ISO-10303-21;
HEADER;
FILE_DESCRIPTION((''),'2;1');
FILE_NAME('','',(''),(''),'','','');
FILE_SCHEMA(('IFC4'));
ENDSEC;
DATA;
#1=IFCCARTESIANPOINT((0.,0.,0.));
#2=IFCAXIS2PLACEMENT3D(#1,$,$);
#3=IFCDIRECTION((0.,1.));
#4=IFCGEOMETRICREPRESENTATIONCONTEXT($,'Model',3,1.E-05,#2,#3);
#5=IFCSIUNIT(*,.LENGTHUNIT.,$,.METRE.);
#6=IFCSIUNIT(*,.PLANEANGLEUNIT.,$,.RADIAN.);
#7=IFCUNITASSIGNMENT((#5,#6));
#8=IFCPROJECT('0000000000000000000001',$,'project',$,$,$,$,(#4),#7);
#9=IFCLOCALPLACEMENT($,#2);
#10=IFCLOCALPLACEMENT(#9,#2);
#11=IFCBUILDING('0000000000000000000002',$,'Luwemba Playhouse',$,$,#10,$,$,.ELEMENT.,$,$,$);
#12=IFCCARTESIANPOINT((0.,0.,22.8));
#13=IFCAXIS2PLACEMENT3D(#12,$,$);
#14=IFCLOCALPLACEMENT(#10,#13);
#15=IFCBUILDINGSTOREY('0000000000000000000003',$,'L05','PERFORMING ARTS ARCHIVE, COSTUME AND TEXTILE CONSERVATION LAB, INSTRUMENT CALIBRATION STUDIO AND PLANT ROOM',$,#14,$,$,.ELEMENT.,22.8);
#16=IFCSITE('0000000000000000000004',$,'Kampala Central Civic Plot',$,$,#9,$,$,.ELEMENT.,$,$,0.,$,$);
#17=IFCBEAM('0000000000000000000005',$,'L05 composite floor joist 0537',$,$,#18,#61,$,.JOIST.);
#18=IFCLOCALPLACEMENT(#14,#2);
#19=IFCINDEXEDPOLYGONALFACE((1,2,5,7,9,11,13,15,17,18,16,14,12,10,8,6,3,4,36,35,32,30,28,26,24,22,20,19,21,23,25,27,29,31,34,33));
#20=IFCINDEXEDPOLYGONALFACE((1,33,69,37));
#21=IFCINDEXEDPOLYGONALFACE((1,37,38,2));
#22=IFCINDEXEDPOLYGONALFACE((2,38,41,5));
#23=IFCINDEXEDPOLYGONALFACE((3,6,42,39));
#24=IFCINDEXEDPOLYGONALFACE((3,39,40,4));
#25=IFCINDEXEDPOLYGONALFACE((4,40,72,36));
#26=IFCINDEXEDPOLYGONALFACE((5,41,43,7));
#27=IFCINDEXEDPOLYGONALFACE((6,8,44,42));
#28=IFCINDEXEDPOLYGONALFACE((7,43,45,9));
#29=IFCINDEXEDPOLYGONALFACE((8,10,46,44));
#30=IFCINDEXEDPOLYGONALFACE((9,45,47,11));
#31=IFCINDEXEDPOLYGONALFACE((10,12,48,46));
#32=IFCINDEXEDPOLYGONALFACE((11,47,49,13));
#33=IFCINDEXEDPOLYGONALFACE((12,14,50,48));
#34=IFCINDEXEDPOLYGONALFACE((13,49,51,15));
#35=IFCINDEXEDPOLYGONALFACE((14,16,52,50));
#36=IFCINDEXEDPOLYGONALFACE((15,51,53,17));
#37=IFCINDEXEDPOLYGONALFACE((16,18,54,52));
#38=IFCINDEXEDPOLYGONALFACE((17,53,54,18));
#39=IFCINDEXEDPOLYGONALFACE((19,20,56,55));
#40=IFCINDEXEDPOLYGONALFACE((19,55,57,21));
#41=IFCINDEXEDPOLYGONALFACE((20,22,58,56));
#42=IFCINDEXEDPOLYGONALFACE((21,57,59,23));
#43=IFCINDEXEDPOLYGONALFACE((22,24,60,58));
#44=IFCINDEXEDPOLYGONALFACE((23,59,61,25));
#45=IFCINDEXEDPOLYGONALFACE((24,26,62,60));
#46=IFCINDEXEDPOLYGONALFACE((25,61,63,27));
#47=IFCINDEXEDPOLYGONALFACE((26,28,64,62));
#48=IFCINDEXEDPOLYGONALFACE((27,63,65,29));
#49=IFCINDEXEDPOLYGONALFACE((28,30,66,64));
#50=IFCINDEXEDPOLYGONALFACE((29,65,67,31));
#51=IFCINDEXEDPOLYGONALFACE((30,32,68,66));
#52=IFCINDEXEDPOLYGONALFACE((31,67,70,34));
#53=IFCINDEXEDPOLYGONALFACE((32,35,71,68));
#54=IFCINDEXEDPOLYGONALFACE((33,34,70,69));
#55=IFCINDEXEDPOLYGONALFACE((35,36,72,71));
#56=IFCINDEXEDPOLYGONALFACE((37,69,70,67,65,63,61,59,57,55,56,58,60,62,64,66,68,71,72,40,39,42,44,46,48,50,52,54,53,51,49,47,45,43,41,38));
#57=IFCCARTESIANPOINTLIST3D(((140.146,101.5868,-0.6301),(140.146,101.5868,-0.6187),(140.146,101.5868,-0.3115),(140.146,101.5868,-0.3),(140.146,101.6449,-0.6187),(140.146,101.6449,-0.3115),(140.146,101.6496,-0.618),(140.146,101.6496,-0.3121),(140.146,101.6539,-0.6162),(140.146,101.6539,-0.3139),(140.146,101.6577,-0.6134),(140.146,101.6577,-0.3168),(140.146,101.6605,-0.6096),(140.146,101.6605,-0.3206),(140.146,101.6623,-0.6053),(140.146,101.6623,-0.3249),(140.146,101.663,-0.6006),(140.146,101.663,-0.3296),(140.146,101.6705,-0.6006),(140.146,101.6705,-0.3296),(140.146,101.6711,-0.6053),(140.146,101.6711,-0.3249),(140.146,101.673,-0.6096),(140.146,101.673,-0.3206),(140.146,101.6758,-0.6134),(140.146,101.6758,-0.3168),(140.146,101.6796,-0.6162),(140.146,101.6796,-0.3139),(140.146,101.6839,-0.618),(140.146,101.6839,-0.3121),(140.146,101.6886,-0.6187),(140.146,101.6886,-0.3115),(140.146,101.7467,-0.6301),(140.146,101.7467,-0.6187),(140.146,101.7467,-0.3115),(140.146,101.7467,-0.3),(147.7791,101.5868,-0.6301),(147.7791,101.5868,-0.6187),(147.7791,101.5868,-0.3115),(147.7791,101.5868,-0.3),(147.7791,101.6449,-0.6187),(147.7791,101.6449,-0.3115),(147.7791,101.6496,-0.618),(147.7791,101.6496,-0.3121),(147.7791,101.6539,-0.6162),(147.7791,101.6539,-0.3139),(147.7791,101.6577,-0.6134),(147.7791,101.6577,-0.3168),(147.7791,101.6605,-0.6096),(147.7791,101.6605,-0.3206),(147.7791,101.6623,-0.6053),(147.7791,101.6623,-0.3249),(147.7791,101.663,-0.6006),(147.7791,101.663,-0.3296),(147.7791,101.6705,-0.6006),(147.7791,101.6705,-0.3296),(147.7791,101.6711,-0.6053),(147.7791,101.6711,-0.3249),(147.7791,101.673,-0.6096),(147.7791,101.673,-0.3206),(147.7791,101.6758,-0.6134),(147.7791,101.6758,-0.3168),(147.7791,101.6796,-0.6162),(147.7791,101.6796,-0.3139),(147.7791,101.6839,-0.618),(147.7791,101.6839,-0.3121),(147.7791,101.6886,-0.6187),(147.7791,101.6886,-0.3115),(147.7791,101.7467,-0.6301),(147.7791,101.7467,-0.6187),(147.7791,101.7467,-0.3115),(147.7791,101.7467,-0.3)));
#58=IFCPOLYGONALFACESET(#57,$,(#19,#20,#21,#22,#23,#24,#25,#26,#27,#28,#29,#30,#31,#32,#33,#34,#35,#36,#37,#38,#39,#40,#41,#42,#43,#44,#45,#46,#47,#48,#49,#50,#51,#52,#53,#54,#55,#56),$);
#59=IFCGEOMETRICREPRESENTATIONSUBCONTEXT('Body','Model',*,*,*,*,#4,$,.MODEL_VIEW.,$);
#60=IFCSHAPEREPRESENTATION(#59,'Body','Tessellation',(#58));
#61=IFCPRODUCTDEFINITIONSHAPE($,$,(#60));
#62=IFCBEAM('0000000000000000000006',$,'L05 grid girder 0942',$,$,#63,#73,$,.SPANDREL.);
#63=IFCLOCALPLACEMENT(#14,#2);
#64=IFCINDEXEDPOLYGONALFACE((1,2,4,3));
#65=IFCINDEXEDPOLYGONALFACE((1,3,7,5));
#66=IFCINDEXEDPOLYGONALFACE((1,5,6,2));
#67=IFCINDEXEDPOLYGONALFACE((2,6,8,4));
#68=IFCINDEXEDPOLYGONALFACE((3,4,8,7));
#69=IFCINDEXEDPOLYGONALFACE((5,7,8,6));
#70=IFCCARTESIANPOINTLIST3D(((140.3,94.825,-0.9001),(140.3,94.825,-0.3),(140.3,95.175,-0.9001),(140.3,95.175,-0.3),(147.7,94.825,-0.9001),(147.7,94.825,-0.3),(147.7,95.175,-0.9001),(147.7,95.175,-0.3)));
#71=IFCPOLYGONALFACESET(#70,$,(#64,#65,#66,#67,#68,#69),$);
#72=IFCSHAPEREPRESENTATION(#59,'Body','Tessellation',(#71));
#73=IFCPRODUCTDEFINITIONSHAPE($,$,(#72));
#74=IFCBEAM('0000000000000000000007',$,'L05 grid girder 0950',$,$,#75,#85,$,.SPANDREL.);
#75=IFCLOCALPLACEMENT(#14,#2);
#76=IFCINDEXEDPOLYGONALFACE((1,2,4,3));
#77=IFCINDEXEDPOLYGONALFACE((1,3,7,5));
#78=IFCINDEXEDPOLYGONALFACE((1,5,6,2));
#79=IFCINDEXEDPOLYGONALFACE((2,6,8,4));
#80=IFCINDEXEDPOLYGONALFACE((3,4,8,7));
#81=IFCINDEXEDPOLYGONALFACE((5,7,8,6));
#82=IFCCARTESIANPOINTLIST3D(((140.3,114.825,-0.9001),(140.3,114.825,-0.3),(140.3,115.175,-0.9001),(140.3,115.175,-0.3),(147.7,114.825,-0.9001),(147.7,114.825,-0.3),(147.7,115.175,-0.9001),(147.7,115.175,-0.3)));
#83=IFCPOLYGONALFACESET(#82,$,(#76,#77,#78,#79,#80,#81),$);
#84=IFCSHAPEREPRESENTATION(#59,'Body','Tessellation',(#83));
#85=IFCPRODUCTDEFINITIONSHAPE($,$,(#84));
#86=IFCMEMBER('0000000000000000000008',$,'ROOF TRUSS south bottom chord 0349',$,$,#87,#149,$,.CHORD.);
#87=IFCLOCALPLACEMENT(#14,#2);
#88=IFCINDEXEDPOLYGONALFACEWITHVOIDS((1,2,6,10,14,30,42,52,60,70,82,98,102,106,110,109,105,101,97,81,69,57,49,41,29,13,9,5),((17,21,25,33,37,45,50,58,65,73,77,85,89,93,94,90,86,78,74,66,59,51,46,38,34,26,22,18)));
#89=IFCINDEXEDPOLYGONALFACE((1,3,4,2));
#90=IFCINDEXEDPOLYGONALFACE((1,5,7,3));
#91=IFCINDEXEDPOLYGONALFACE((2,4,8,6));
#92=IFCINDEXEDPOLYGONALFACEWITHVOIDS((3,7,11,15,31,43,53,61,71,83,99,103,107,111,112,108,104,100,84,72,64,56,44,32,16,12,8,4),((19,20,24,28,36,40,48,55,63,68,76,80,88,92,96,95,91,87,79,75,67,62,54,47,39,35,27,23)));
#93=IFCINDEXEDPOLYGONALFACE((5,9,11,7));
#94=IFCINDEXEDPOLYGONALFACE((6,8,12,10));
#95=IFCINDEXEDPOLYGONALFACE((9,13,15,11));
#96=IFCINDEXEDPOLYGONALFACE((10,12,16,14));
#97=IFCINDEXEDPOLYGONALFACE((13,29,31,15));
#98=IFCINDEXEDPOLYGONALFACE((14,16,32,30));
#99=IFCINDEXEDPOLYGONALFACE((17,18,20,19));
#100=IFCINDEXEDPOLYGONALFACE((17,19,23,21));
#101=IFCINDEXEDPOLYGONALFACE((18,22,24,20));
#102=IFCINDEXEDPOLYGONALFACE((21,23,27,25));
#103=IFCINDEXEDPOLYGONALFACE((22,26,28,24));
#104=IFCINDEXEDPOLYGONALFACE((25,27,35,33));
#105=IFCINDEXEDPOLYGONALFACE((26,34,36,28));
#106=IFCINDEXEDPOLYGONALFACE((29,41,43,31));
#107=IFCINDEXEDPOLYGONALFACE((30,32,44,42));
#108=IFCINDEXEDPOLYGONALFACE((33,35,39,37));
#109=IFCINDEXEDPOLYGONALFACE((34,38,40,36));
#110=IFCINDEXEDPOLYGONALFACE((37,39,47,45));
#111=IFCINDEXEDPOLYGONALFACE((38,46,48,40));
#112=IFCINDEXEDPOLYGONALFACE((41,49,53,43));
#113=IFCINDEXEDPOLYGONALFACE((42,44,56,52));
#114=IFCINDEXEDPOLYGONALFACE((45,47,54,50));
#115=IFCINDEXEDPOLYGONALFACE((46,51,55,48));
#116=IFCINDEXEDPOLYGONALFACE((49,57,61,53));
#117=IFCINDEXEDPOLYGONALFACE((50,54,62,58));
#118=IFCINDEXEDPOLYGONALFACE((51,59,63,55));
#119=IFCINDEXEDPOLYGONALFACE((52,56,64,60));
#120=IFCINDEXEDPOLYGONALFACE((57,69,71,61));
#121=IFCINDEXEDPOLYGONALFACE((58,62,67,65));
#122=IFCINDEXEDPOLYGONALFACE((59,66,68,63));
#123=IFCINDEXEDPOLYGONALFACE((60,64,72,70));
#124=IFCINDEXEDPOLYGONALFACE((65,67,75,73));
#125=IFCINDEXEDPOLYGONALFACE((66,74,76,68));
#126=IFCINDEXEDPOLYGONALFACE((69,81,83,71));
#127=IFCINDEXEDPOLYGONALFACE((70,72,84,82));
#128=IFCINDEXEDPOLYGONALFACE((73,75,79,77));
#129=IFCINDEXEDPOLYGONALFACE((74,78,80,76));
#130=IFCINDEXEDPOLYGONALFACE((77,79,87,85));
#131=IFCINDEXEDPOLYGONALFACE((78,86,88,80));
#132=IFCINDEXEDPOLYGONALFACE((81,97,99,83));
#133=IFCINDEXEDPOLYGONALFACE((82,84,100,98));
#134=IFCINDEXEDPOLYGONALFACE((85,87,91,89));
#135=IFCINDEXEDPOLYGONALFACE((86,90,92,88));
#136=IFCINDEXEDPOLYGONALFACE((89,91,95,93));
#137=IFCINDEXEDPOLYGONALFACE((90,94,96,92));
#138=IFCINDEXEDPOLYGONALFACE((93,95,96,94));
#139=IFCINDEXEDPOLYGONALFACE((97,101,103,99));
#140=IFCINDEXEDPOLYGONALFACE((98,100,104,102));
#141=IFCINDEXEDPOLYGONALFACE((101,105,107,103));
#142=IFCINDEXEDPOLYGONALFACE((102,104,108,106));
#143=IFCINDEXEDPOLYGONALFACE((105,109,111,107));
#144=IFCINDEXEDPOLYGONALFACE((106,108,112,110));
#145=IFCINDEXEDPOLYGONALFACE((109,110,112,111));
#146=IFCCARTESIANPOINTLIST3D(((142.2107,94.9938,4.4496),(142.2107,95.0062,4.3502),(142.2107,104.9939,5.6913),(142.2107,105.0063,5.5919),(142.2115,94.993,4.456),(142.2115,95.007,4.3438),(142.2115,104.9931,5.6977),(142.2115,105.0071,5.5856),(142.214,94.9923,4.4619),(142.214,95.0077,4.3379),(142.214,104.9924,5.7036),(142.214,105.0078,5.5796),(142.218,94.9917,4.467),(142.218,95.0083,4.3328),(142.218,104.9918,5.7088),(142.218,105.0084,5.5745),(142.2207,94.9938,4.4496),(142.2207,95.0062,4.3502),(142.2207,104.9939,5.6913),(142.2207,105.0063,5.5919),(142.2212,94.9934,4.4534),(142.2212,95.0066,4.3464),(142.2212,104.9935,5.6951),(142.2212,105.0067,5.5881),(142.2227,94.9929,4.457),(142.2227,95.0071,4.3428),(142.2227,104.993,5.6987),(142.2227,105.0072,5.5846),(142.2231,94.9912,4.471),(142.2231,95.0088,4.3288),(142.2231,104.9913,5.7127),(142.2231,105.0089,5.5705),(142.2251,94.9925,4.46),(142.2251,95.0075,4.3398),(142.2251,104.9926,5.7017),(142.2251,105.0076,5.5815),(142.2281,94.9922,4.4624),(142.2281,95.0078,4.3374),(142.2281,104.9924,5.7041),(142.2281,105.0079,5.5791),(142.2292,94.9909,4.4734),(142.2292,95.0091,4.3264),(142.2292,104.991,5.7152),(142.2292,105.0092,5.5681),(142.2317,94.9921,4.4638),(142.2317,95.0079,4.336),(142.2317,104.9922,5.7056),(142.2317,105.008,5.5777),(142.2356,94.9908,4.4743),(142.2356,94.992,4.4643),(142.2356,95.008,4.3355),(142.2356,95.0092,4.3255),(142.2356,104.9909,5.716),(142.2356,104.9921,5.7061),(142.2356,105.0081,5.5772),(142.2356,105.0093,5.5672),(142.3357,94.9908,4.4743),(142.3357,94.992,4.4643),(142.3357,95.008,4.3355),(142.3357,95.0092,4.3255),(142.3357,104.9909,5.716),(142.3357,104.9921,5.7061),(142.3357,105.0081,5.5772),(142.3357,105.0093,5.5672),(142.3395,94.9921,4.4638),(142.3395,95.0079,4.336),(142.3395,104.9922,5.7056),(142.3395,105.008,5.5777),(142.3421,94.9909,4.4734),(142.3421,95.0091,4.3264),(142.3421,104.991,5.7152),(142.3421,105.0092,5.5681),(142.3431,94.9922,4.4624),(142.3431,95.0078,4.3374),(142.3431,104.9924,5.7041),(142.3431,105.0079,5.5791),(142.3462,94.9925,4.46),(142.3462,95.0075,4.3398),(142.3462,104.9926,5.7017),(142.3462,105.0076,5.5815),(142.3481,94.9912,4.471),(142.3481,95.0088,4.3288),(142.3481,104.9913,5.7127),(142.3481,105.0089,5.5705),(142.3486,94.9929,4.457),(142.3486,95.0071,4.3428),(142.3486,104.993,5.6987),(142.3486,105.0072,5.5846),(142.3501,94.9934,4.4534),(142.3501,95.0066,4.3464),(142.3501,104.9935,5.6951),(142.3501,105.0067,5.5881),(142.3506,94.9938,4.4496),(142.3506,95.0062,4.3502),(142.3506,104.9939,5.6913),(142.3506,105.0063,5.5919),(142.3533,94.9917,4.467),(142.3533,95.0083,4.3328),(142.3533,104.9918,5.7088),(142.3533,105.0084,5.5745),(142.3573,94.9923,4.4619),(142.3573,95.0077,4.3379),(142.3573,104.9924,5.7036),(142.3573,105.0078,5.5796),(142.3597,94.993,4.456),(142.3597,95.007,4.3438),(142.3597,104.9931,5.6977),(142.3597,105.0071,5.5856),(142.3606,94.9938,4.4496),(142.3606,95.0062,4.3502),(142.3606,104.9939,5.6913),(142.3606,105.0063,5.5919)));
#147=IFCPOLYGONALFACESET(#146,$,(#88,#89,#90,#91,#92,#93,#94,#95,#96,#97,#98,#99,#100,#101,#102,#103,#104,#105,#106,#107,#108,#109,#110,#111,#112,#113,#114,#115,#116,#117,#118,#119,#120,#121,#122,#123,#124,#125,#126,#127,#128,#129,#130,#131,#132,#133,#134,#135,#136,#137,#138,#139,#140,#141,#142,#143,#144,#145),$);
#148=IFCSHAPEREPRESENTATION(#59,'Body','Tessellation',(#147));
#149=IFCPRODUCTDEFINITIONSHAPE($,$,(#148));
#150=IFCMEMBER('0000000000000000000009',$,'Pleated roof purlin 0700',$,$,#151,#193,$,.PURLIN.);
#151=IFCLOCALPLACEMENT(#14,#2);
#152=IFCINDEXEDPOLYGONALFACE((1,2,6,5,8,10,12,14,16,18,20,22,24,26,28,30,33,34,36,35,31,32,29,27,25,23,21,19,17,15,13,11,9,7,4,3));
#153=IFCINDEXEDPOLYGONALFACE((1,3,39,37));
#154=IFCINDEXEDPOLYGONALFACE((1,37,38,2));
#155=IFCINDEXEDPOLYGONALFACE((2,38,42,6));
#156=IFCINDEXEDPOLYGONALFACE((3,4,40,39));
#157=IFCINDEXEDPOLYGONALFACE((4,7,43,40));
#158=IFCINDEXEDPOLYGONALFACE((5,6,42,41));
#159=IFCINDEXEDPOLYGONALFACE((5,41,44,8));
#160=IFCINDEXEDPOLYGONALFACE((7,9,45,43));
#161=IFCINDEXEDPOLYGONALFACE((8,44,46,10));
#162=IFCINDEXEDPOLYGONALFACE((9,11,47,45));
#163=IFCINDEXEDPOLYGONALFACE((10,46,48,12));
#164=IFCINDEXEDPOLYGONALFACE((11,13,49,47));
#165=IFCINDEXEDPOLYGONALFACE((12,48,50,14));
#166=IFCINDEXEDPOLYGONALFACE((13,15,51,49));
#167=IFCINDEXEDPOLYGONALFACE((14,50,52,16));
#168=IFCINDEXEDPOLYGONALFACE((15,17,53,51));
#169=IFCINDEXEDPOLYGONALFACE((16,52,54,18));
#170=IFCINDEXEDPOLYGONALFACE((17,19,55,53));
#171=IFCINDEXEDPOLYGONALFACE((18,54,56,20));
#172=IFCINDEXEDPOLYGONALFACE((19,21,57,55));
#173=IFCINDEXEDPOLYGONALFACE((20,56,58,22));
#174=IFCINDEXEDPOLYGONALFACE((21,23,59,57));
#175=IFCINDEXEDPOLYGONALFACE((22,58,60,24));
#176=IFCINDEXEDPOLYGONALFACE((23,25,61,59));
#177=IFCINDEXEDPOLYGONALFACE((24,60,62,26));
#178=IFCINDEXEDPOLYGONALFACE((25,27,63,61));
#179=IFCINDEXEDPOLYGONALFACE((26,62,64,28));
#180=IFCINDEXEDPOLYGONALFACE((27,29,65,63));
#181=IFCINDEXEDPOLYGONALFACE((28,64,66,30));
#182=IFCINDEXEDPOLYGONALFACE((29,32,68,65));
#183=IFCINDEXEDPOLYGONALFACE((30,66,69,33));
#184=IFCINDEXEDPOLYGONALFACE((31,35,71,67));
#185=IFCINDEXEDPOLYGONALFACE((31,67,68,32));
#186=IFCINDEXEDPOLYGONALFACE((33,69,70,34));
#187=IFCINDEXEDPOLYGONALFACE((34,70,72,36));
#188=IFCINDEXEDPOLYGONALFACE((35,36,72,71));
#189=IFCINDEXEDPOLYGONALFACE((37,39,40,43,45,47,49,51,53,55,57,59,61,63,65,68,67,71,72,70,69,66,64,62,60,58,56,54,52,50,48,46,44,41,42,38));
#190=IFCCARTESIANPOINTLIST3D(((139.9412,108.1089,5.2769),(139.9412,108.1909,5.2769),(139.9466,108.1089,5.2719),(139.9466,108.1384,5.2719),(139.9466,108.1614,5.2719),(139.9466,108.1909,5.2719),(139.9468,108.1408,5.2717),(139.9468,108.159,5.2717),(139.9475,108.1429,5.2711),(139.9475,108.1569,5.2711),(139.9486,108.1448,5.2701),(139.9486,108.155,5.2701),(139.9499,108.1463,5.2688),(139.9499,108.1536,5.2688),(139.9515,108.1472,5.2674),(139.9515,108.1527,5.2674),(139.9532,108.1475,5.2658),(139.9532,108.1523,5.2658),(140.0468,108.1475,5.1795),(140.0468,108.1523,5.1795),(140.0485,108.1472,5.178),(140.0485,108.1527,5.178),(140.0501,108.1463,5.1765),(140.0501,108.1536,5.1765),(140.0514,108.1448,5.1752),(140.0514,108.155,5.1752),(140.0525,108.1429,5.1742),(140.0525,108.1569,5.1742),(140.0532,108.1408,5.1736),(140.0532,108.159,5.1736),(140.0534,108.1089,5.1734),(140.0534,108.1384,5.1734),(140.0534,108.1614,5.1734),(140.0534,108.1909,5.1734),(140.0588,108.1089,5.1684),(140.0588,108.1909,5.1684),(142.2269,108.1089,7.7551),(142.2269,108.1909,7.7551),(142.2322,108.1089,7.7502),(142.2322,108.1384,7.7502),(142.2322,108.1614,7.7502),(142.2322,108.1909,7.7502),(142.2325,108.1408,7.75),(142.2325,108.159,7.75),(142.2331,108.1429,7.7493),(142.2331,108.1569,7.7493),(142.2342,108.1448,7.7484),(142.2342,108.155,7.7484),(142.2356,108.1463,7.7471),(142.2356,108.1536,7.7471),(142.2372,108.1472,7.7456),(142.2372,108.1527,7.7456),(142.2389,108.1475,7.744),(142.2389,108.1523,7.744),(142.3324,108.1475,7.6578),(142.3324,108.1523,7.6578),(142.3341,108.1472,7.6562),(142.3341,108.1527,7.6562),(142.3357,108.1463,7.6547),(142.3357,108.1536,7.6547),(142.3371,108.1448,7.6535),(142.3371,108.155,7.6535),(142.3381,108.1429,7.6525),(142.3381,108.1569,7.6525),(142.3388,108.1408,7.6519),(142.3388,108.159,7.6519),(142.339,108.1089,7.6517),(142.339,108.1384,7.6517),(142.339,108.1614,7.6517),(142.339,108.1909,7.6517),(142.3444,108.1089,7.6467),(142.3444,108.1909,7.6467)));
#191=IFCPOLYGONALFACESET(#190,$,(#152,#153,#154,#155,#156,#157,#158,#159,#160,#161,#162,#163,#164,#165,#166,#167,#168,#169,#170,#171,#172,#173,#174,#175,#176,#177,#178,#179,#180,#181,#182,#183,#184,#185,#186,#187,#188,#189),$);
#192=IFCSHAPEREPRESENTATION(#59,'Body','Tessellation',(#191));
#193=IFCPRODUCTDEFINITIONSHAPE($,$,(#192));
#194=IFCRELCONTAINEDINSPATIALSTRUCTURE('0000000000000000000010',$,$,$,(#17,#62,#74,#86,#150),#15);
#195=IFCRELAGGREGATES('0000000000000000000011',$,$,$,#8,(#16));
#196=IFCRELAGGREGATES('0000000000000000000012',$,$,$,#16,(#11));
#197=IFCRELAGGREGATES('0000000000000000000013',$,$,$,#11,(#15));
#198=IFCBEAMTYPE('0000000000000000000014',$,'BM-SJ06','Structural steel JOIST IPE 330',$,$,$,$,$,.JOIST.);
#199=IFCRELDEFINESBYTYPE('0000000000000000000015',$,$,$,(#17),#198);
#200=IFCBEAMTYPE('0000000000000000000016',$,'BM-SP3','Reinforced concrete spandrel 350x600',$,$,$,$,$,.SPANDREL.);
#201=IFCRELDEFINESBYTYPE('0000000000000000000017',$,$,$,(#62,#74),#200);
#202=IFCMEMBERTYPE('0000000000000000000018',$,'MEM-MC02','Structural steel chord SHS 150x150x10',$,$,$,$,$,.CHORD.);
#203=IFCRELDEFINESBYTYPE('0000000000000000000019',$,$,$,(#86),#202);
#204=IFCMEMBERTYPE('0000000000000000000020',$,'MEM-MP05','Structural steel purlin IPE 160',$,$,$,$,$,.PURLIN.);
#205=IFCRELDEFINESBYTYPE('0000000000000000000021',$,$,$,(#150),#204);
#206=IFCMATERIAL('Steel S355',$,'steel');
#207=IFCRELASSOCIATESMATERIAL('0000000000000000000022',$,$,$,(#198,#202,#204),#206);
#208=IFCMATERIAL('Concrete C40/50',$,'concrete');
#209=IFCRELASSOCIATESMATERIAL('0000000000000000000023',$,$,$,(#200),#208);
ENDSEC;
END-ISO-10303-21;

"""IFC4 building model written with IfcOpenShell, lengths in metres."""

from ifc_helpers import new_model, si_unit, direction, frame, origin, origin_2d, place, context, subcontext, project, spatial, rectangle, hollow_rectangle, i_section, extrude, material, material_profile, profile_set, type_object, element, save


model = new_model("IFC4")

# Units and contexts
model_context = context("Model", 3, precision=1e-05, world=origin(), true_north=direction((0.0, 1.0)))
body_context = subcontext(model_context, "Body", "Model", "MODEL_VIEW")
ifc_project = project(units=[si_unit("LENGTHUNIT", "METRE"), si_unit("PLANEANGLEUNIT", "RADIAN")], contexts=[model_context])

# Site, building, storey
site_placement = place(None, origin())
site = spatial("IfcSite", under=ifc_project, at=site_placement, Name="Kampala Central Civic Plot", CompositionType="ELEMENT", RefElevation=0.0)
building_placement = place(site_placement, origin())
building = spatial("IfcBuilding", under=site, at=building_placement, Name="Luwemba Playhouse", CompositionType="ELEMENT")
storey_placement = place(building_placement, frame((0.0, 0.0, 22.8)))
storey = spatial("IfcBuildingStorey", under=building, at=storey_placement, Name="L05", Description="PERFORMING ARTS ARCHIVE, COSTUME AND TEXTILE CONSERVATION LAB, INSTRUMENT CALIBRATION STUDIO AND PLANT ROOM", CompositionType="ELEMENT", Elevation=22.8)

# Beams
ifc_material_1 = material(Name="Concrete C40/50", Category="concrete")
ifc_material_2 = material(Name="Steel S355", Category="steel")
ifc_material_profile_1 = material_profile(ifc_material_2, i_section(OverallWidth=0.1599, OverallDepth=0.3301, WebThickness=0.0076, FlangeThickness=0.0115, FilletRadius=0.0181, at=origin_2d()))
ifc_profile_set_1 = profile_set([ifc_material_profile_1], Name="Steel S355")
beam_type_1 = type_object("IfcBeamType", Name="BM-SJ06", Description="Structural steel JOIST IPE 330", PredefinedType="JOIST", material=ifc_profile_set_1)
beam_1_placement = place(storey_placement, frame((140.146, 101.6667, -0.4651), z_axis=(1.0, 0.0, 0.0), x_axis=(0.0, 1.0, 0.0)))
element("IfcBeam", 1, at=beam_1_placement, inside=storey, type_object=beam_type_1, Name="L05 composite floor joist 0537", PredefinedType="JOIST", context=body_context, shape_type="SweptSolid", body=[
    extrude(i_section(OverallWidth=0.1599, OverallDepth=0.3301, WebThickness=0.0076, FlangeThickness=0.0115, FilletRadius=0.0181, at=origin_2d()), origin(), (0.0, 0.0, 1.0), 7.6331),
])
ifc_material_profile_2 = material_profile(ifc_material_1, rectangle(XDim=0.3501, YDim=0.6001, at=origin_2d()))
ifc_profile_set_2 = profile_set([ifc_material_profile_2], Name="Concrete C40/50")
beam_type_2 = type_object("IfcBeamType", Name="BM-SP3", Description="Reinforced concrete spandrel 350x600", PredefinedType="SPANDREL", material=ifc_profile_set_2)
for number, where, z_axis, x_axis, name in (
    (2, (140.3, 95.0, -0.6001), (1.0, 0.0, 0.0), (0.0, 1.0, 0.0), "L05 grid girder 0942"),
    (3, (140.3, 115.0, -0.6001), (1.0, 0.0, 0.0), (0.0, 1.0, 0.0), "L05 grid girder 0950"),
):
    element("IfcBeam", number, at=place(storey_placement, frame(where, z_axis=z_axis, x_axis=x_axis)), inside=storey, type_object=beam_type_2, Name=name, PredefinedType="SPANDREL", context=body_context, shape_type="SweptSolid", body=[
        extrude(rectangle(XDim=0.3501, YDim=0.6001, at=origin_2d()), origin(), (0.0, 0.0, 1.0), 7.3999),
    ])

# Members
ifc_material_profile_3 = material_profile(ifc_material_2, hollow_rectangle(XDim=0.1499, YDim=0.1499, WallThickness=0.01, InnerFilletRadius=0.0149, OuterFilletRadius=0.0249, at=origin_2d()))
ifc_profile_set_3 = profile_set([ifc_material_profile_3], Name="Steel S355")
member_type_1 = type_object("IfcMemberType", Name="MEM-MC02", Description="Structural steel chord SHS 150x150x10", PredefinedType="CHORD", material=ifc_profile_set_3)
member_1_placement = place(storey_placement, frame((142.2856, 95.0, 4.3999), z_axis=(0.0, 0.992379, 0.123224), x_axis=(-1.0, 0.0, 0.0)))
element("IfcMember", 4, at=member_1_placement, inside=storey, type_object=member_type_1, Name="ROOF TRUSS south bottom chord 0349", PredefinedType="CHORD", context=body_context, shape_type="SweptSolid", body=[
    extrude(hollow_rectangle(XDim=0.1499, YDim=0.1499, WallThickness=0.01, InnerFilletRadius=0.0149, OuterFilletRadius=0.0249, at=origin_2d()), origin(), (0.0, 0.0, 1.0), 10.0769),
])
ifc_material_profile_4 = material_profile(ifc_material_2, i_section(OverallWidth=0.082, OverallDepth=0.1599, WebThickness=0.0049, FlangeThickness=0.0073, FilletRadius=0.009, at=origin_2d()))
ifc_profile_set_4 = profile_set([ifc_material_profile_4], Name="Steel S355")
member_type_2 = type_object("IfcMemberType", Name="MEM-MP05", Description="Structural steel purlin IPE 160", PredefinedType="PURLIN", material=ifc_profile_set_4)
member_2_placement = place(storey_placement, frame((140.0, 108.1499, 5.2227), z_axis=(0.677961, 0.0, 0.735098), x_axis=(0.0, 1.0, 0.0)))
element("IfcMember", 5, at=member_2_placement, inside=storey, type_object=member_type_2, Name="Pleated roof purlin 0700", PredefinedType="PURLIN", context=body_context, shape_type="SweptSolid", body=[
    extrude(i_section(OverallWidth=0.082, OverallDepth=0.1599, WebThickness=0.0049, FlangeThickness=0.0073, FilletRadius=0.009, at=origin_2d()), origin(), (0.0, 0.0, 1.0), 3.3713),
])

save(model, "model.ifc")
